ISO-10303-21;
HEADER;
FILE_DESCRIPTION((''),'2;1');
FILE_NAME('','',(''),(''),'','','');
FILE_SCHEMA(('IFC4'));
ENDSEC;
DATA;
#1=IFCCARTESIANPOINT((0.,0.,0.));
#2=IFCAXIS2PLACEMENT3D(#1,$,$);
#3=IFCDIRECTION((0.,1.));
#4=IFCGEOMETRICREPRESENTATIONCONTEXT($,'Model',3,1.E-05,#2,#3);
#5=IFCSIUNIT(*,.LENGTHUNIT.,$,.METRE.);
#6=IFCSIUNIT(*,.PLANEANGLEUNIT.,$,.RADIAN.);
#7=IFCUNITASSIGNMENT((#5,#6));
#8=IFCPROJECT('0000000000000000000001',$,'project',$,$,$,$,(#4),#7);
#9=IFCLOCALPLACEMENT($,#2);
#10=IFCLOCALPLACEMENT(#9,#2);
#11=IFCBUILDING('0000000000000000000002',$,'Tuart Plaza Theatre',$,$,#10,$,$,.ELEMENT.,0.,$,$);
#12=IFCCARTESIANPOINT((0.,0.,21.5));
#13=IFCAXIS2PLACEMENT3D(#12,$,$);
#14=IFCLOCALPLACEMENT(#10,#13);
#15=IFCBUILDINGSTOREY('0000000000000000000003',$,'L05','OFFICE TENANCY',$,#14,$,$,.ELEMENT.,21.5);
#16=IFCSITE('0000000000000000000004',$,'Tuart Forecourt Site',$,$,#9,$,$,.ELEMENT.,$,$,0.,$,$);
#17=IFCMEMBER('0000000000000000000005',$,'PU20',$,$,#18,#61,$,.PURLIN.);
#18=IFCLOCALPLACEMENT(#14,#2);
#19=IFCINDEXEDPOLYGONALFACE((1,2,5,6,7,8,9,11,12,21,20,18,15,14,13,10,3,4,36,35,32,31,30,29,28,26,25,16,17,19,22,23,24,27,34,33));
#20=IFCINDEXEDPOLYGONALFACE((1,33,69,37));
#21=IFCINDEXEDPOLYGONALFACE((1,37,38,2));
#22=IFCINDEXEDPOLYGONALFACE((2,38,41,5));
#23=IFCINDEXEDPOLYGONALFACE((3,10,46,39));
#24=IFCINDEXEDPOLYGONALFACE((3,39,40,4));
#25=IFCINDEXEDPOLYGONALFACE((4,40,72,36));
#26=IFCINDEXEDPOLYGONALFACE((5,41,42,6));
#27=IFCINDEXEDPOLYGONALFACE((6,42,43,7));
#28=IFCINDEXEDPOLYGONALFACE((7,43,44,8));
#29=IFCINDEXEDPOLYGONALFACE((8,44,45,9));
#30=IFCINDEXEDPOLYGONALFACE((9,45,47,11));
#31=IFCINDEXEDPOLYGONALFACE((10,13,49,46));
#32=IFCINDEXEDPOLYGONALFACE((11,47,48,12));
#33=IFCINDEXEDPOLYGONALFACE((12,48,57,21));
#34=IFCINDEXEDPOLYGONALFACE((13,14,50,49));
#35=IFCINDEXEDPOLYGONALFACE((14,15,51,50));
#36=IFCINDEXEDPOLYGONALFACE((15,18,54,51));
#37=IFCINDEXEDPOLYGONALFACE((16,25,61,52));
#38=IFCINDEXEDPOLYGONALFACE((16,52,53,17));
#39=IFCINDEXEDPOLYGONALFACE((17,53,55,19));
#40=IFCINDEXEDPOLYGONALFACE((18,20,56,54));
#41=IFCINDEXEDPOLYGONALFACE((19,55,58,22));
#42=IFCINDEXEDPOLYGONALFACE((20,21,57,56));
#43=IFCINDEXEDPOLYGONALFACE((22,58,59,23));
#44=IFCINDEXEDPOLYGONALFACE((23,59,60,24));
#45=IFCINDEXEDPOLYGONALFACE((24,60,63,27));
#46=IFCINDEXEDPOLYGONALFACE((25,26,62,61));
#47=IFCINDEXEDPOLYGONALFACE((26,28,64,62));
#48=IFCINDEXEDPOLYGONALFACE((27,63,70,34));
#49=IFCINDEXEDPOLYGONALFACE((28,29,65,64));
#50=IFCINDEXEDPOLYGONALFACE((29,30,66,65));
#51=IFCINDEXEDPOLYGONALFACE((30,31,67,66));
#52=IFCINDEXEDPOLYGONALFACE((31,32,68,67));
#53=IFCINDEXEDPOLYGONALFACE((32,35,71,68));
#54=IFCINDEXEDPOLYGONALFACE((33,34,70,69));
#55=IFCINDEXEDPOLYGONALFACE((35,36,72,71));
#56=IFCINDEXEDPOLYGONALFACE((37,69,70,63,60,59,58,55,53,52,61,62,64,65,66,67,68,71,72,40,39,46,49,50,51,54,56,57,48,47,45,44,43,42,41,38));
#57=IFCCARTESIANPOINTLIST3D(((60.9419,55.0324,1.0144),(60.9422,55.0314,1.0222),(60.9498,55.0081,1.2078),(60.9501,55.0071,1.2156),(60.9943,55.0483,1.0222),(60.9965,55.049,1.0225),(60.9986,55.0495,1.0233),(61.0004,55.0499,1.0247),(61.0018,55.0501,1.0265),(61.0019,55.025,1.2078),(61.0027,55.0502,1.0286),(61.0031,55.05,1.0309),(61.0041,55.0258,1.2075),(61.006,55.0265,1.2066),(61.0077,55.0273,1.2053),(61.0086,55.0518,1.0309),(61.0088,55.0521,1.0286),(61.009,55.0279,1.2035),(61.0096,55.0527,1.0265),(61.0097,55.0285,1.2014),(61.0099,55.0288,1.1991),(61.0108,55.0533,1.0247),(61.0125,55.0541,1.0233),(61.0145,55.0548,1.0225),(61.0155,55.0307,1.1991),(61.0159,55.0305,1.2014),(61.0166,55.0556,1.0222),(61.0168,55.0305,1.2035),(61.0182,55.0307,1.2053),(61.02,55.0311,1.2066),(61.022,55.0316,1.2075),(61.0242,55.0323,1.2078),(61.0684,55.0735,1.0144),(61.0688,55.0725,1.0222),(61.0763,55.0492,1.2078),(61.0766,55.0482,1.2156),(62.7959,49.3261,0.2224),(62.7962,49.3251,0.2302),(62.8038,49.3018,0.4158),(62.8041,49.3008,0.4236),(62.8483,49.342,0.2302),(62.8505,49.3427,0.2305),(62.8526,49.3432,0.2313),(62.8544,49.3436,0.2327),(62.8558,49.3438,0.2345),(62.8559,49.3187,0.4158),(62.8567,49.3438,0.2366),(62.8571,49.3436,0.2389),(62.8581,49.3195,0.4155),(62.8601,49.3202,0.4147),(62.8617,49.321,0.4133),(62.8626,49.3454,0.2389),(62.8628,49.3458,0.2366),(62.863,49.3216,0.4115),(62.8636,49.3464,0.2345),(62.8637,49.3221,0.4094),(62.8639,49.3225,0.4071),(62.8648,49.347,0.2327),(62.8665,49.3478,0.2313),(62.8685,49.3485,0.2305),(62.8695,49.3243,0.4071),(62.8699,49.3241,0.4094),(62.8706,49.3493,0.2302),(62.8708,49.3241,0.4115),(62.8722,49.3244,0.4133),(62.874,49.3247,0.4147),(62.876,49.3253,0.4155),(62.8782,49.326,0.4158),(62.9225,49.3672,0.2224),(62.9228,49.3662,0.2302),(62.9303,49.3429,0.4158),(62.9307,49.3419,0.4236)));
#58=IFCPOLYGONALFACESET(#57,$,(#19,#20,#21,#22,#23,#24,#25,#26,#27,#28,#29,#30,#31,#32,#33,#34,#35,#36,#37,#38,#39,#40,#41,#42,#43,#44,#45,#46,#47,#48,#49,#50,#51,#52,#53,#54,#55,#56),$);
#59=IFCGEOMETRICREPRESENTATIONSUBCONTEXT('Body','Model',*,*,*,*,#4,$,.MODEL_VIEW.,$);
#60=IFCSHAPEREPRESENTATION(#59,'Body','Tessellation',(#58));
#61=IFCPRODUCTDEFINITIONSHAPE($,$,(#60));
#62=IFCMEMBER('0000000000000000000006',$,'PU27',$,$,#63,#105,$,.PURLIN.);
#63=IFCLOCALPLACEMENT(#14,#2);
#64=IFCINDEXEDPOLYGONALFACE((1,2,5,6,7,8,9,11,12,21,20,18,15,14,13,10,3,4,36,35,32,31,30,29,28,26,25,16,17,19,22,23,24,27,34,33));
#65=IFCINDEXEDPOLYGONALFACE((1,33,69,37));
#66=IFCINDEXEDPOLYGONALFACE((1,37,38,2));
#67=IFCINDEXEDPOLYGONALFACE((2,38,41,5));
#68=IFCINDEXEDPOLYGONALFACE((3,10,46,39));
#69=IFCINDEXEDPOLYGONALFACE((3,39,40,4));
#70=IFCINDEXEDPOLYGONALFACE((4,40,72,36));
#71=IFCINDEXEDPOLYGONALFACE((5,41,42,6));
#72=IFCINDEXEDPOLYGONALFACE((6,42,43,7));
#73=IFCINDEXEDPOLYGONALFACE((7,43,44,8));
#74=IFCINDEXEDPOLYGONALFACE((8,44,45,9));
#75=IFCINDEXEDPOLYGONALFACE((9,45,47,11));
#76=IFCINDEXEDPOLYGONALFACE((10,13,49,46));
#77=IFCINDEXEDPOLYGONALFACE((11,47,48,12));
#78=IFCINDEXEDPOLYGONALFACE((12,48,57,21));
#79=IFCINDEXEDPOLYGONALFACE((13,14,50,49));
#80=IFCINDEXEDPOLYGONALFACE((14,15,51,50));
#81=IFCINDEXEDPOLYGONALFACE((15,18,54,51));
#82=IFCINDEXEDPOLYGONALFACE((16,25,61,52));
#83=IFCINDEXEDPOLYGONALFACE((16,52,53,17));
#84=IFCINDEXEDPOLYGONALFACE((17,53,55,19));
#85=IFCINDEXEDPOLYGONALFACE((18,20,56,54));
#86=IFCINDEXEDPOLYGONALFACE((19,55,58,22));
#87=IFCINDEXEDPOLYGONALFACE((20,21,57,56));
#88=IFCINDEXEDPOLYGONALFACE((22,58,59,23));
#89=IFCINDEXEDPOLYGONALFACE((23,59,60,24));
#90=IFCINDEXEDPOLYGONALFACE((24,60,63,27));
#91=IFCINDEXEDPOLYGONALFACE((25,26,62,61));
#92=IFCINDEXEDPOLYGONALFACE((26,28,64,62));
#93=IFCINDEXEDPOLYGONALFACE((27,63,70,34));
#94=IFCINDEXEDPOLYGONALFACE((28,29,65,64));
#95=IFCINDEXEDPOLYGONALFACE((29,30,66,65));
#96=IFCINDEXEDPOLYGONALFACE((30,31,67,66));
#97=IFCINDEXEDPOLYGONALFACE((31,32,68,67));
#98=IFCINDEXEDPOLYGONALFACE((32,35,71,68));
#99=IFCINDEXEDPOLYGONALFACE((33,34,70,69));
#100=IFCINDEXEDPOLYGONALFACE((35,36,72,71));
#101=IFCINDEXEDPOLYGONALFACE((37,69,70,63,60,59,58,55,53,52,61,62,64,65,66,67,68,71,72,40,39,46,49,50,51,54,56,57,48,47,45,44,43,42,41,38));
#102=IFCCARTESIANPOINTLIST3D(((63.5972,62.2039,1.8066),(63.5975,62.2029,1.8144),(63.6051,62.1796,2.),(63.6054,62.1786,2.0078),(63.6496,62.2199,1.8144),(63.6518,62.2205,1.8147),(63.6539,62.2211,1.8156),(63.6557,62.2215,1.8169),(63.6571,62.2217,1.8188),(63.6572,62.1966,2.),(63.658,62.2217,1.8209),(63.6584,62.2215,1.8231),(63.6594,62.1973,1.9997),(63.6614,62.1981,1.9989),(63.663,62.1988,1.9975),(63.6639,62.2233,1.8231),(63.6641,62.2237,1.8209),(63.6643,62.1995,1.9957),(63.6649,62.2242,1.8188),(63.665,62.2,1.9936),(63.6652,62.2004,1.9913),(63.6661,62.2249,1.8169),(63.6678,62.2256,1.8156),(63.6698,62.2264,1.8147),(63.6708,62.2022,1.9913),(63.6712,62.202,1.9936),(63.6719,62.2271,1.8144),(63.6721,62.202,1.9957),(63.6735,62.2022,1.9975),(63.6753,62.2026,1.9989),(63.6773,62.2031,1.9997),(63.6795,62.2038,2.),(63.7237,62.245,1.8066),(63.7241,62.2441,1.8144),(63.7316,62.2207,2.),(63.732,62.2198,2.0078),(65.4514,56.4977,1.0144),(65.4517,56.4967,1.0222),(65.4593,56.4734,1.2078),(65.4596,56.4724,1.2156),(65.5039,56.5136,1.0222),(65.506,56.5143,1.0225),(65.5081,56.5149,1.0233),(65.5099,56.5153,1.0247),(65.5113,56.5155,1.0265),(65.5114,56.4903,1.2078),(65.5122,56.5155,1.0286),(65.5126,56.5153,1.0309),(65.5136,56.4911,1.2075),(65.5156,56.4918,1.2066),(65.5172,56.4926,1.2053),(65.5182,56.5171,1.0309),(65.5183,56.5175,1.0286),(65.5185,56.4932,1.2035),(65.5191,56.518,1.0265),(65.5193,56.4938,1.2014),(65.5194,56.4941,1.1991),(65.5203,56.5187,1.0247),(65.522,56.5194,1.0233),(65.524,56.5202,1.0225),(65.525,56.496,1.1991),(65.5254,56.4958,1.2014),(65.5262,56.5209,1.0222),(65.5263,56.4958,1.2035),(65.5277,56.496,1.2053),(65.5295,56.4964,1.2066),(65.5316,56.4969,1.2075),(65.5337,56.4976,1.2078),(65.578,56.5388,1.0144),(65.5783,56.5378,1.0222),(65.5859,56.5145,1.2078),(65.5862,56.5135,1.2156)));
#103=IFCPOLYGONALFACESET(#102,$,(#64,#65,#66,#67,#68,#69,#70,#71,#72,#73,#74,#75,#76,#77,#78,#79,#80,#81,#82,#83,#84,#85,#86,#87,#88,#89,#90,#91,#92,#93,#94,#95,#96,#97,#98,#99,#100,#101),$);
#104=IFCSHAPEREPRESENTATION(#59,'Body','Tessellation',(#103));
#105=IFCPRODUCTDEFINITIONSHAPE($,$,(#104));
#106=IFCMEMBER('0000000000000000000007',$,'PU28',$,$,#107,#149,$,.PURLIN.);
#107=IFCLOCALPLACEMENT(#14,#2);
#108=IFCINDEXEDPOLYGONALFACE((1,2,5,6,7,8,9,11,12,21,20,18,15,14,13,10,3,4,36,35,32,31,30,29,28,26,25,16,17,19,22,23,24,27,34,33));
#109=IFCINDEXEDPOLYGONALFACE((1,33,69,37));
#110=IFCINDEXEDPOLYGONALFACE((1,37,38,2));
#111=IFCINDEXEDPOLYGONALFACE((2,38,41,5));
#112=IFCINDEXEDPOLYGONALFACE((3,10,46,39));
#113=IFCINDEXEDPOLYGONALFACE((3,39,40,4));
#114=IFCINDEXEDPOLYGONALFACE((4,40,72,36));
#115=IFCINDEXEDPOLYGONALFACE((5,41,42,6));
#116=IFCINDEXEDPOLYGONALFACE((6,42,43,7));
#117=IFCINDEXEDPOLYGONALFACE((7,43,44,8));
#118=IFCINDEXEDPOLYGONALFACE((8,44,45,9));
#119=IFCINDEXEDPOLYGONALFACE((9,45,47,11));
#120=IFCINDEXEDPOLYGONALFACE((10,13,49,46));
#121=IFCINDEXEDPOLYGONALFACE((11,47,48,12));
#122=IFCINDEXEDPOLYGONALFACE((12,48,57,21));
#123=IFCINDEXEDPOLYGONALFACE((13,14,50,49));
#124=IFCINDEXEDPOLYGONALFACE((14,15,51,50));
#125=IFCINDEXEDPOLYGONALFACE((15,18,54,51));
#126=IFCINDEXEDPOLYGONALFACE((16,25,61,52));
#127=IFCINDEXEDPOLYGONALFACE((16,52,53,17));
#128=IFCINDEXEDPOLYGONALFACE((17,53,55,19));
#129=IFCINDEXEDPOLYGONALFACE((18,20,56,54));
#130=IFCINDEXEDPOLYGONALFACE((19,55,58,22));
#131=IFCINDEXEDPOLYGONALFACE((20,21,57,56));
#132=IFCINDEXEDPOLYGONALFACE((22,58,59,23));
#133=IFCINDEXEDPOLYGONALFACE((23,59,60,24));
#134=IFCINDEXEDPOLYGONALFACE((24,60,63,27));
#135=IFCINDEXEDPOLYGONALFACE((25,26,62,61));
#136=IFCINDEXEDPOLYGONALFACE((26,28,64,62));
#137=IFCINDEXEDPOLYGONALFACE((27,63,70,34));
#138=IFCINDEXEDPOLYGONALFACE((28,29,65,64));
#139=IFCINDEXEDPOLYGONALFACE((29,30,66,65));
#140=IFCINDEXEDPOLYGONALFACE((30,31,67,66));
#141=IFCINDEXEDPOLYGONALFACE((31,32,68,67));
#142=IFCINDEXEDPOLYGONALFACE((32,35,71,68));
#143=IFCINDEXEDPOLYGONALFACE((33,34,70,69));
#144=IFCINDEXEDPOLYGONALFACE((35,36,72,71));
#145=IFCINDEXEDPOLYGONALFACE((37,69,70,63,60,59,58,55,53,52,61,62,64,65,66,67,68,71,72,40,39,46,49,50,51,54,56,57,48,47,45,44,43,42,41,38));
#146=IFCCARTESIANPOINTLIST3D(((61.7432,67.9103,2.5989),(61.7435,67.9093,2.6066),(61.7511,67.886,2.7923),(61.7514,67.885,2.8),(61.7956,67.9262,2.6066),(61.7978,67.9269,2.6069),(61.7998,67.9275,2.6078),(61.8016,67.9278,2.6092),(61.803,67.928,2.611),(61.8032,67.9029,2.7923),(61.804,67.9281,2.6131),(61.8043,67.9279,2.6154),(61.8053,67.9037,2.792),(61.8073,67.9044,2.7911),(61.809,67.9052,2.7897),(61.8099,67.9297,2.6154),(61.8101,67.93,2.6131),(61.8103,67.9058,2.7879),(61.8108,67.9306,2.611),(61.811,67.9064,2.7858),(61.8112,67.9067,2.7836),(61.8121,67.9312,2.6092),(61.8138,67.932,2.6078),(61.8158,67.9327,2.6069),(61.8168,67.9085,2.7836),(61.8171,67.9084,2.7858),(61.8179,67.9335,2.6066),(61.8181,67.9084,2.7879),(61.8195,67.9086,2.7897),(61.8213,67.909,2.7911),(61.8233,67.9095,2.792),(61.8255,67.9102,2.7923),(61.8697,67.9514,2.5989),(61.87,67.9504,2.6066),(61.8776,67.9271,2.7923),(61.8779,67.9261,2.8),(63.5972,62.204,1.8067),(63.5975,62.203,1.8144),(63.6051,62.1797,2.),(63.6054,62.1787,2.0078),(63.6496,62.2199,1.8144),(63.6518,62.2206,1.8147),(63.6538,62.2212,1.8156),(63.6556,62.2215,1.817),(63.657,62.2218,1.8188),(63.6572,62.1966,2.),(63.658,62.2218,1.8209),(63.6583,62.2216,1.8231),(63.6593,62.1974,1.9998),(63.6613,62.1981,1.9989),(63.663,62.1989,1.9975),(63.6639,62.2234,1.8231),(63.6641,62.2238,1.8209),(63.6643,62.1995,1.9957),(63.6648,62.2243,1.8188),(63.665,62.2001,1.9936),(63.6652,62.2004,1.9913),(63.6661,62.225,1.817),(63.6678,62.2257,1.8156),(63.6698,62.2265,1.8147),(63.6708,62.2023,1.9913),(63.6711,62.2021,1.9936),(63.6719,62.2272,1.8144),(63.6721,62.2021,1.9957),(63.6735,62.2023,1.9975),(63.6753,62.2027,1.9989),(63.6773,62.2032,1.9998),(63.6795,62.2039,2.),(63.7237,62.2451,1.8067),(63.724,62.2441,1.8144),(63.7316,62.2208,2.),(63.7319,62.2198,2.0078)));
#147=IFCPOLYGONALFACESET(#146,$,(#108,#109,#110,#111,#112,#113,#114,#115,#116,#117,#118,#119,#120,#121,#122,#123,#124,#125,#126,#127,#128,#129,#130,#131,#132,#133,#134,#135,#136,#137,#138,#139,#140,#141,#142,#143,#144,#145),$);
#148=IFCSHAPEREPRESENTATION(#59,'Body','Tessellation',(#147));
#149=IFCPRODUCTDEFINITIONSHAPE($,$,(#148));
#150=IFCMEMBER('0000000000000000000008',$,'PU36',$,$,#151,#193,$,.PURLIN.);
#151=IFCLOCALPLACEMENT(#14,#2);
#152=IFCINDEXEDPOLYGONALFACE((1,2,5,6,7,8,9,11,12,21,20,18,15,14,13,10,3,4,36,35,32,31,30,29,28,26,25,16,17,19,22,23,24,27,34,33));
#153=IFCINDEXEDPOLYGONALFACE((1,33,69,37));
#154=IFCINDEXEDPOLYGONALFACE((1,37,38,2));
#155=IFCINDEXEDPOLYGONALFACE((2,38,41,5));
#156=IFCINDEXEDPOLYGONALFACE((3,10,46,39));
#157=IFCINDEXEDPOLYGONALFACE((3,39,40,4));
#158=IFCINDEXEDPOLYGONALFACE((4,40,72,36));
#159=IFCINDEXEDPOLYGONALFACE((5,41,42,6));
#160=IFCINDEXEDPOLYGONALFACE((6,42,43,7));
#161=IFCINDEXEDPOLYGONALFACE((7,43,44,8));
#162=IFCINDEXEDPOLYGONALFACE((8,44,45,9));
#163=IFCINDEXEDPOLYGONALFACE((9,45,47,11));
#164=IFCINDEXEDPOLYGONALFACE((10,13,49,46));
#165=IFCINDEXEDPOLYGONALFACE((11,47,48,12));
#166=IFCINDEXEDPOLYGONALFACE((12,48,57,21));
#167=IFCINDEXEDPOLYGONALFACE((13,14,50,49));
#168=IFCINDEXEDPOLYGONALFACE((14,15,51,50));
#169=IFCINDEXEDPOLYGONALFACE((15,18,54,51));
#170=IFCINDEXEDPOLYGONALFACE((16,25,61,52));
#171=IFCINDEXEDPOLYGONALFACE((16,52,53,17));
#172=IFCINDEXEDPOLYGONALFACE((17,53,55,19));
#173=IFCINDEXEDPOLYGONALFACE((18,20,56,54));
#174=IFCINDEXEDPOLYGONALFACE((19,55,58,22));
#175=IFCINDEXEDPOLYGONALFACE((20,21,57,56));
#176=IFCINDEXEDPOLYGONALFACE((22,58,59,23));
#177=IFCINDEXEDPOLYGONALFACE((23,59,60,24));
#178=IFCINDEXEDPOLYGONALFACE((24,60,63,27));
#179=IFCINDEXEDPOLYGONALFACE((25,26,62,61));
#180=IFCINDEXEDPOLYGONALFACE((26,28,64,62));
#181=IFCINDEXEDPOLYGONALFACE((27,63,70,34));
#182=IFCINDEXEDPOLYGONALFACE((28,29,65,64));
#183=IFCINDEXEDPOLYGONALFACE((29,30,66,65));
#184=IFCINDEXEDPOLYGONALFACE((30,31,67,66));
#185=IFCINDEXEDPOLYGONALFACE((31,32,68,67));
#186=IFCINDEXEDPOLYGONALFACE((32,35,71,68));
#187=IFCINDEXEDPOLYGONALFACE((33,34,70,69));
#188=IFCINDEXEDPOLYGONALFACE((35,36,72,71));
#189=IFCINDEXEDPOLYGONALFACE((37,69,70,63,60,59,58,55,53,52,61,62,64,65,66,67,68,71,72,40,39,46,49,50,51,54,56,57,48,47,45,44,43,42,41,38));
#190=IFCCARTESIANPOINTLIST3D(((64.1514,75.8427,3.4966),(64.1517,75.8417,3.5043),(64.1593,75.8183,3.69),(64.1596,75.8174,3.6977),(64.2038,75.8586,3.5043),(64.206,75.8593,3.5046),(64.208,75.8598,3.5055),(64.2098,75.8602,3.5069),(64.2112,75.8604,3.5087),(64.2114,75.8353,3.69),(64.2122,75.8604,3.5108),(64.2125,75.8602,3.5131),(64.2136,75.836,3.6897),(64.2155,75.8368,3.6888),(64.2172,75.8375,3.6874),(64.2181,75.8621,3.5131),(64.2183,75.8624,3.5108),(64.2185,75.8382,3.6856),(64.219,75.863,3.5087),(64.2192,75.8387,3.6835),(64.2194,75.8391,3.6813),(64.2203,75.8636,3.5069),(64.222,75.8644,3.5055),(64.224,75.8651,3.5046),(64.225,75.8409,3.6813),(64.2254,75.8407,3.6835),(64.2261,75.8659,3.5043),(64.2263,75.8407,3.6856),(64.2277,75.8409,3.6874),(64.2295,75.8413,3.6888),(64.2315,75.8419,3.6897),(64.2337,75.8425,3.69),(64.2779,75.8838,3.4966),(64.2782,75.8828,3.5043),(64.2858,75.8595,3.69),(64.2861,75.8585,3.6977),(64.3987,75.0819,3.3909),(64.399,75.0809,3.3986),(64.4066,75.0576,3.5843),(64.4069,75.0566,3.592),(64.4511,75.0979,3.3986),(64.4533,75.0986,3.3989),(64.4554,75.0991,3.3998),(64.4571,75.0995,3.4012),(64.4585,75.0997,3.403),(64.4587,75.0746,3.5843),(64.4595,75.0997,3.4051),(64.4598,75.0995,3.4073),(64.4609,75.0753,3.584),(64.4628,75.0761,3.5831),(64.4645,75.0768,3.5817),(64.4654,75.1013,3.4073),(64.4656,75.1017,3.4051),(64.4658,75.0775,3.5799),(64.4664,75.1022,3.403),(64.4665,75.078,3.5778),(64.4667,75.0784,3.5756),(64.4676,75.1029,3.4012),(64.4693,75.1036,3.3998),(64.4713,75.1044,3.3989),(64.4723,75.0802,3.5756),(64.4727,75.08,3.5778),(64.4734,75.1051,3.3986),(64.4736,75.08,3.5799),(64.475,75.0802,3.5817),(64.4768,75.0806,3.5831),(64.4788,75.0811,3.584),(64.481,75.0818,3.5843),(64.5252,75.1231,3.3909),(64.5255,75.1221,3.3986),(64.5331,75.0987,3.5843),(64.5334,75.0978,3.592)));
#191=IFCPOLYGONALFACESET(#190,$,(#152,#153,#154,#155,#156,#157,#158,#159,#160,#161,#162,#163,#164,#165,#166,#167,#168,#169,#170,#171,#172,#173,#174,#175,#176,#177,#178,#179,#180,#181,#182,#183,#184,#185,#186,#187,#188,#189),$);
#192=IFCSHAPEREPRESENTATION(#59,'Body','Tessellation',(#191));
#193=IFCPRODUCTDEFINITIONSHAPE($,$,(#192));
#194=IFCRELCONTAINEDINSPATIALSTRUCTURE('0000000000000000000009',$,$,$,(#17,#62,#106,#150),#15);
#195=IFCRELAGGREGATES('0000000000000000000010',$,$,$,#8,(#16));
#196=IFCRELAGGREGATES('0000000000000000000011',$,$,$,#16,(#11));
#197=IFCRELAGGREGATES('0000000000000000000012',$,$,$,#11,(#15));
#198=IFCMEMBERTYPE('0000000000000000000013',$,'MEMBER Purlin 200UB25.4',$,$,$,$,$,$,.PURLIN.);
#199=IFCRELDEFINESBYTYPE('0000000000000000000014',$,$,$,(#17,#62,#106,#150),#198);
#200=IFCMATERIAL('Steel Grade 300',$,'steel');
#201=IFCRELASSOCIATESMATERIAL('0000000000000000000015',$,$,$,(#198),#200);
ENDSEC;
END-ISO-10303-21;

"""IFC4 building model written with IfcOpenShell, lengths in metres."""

from ifc_helpers import new_model, si_unit, direction, frame, origin, origin_2d, place, context, subcontext, project, spatial, i_section, extrude, material, material_profile, profile_set, type_object, element, save


model = new_model("IFC4")

# Units and contexts
model_context = context("Model", 3, precision=1e-05, world=origin(), true_north=direction((0.0, 1.0)))
body_context = subcontext(model_context, "Body", "Model", "MODEL_VIEW")
ifc_project = project(units=[si_unit("LENGTHUNIT", "METRE"), si_unit("PLANEANGLEUNIT", "RADIAN")], contexts=[model_context])

# Site, building, storey
site_placement = place(None, origin())
site = spatial("IfcSite", under=ifc_project, at=site_placement, Name="Tuart Forecourt Site", CompositionType="ELEMENT", RefElevation=0.0)
building_placement = place(site_placement, origin())
building = spatial("IfcBuilding", under=site, at=building_placement, Name="Tuart Plaza Theatre", CompositionType="ELEMENT", ElevationOfRefHeight=0.0)
storey_placement = place(building_placement, frame((0.0, 0.0, 21.5)))
storey = spatial("IfcBuildingStorey", under=building, at=storey_placement, Name="L05", Description="OFFICE TENANCY", CompositionType="ELEMENT", Elevation=21.5)

# Members
ifc_material_1 = material(Name="Steel Grade 300", Category="steel")
ifc_material_profile_1 = material_profile(ifc_material_1, i_section(OverallWidth=0.1331, OverallDepth=0.2029, WebThickness=0.0059, FlangeThickness=0.0078, FilletRadius=0.0088, at=origin_2d()), Name="200UB25.4")
ifc_profile_set_1 = profile_set([ifc_material_profile_1], Name="Steel Grade 300")
member_type_1 = type_object("IfcMemberType", Name="MEMBER Purlin 200UB25.4", PredefinedType="PURLIN", material=ifc_profile_set_1)
for number, where, z_axis, x_axis, name in (
    (1, (62.8633, 49.334, 0.323), (-0.306347, 0.942882, 0.130865), (-0.951061, -0.309004, 0.0), "PU20"),
    (2, (65.5188, 56.5056, 1.115), (-0.306382, 0.942865, 0.130903), (-0.951049, -0.309041, 0.0), "PU27"),
    (3, (63.6646, 62.2119, 1.9072), (-0.306345, 0.942877, 0.130905), (-0.951061, -0.309004, 0.0), "PU28"),
):
    element("IfcMember", number, at=place(storey_placement, frame(where, z_axis=z_axis, x_axis=x_axis)), inside=storey, type_object=member_type_1, Name=name, PredefinedType="PURLIN", context=body_context, shape_type="SweptSolid", body=[
        extrude(i_section(OverallWidth=0.1331, OverallDepth=0.2029, WebThickness=0.0059, FlangeThickness=0.0078, FilletRadius=0.0088, at=origin_2d()), origin(), (0.0, 0.0, 1.0), 6.052),
    ])
member_1_placement = place(storey_placement, frame((64.4661, 75.0898, 3.4915), z_axis=(-0.306504, 0.94281, 0.131013), x_axis=(-0.951007, -0.309169, 0.0)))
element("IfcMember", 4, at=member_1_placement, inside=storey, type_object=member_type_1, Name="PU36", PredefinedType="PURLIN", context=body_context, shape_type="SweptSolid", body=[
    extrude(i_section(OverallWidth=0.1331, OverallDepth=0.2029, WebThickness=0.0059, FlangeThickness=0.0078, FilletRadius=0.0088, at=origin_2d()), origin(), (0.0, 0.0, 1.0), 0.8069),
])

save(model, "model.ifc")
